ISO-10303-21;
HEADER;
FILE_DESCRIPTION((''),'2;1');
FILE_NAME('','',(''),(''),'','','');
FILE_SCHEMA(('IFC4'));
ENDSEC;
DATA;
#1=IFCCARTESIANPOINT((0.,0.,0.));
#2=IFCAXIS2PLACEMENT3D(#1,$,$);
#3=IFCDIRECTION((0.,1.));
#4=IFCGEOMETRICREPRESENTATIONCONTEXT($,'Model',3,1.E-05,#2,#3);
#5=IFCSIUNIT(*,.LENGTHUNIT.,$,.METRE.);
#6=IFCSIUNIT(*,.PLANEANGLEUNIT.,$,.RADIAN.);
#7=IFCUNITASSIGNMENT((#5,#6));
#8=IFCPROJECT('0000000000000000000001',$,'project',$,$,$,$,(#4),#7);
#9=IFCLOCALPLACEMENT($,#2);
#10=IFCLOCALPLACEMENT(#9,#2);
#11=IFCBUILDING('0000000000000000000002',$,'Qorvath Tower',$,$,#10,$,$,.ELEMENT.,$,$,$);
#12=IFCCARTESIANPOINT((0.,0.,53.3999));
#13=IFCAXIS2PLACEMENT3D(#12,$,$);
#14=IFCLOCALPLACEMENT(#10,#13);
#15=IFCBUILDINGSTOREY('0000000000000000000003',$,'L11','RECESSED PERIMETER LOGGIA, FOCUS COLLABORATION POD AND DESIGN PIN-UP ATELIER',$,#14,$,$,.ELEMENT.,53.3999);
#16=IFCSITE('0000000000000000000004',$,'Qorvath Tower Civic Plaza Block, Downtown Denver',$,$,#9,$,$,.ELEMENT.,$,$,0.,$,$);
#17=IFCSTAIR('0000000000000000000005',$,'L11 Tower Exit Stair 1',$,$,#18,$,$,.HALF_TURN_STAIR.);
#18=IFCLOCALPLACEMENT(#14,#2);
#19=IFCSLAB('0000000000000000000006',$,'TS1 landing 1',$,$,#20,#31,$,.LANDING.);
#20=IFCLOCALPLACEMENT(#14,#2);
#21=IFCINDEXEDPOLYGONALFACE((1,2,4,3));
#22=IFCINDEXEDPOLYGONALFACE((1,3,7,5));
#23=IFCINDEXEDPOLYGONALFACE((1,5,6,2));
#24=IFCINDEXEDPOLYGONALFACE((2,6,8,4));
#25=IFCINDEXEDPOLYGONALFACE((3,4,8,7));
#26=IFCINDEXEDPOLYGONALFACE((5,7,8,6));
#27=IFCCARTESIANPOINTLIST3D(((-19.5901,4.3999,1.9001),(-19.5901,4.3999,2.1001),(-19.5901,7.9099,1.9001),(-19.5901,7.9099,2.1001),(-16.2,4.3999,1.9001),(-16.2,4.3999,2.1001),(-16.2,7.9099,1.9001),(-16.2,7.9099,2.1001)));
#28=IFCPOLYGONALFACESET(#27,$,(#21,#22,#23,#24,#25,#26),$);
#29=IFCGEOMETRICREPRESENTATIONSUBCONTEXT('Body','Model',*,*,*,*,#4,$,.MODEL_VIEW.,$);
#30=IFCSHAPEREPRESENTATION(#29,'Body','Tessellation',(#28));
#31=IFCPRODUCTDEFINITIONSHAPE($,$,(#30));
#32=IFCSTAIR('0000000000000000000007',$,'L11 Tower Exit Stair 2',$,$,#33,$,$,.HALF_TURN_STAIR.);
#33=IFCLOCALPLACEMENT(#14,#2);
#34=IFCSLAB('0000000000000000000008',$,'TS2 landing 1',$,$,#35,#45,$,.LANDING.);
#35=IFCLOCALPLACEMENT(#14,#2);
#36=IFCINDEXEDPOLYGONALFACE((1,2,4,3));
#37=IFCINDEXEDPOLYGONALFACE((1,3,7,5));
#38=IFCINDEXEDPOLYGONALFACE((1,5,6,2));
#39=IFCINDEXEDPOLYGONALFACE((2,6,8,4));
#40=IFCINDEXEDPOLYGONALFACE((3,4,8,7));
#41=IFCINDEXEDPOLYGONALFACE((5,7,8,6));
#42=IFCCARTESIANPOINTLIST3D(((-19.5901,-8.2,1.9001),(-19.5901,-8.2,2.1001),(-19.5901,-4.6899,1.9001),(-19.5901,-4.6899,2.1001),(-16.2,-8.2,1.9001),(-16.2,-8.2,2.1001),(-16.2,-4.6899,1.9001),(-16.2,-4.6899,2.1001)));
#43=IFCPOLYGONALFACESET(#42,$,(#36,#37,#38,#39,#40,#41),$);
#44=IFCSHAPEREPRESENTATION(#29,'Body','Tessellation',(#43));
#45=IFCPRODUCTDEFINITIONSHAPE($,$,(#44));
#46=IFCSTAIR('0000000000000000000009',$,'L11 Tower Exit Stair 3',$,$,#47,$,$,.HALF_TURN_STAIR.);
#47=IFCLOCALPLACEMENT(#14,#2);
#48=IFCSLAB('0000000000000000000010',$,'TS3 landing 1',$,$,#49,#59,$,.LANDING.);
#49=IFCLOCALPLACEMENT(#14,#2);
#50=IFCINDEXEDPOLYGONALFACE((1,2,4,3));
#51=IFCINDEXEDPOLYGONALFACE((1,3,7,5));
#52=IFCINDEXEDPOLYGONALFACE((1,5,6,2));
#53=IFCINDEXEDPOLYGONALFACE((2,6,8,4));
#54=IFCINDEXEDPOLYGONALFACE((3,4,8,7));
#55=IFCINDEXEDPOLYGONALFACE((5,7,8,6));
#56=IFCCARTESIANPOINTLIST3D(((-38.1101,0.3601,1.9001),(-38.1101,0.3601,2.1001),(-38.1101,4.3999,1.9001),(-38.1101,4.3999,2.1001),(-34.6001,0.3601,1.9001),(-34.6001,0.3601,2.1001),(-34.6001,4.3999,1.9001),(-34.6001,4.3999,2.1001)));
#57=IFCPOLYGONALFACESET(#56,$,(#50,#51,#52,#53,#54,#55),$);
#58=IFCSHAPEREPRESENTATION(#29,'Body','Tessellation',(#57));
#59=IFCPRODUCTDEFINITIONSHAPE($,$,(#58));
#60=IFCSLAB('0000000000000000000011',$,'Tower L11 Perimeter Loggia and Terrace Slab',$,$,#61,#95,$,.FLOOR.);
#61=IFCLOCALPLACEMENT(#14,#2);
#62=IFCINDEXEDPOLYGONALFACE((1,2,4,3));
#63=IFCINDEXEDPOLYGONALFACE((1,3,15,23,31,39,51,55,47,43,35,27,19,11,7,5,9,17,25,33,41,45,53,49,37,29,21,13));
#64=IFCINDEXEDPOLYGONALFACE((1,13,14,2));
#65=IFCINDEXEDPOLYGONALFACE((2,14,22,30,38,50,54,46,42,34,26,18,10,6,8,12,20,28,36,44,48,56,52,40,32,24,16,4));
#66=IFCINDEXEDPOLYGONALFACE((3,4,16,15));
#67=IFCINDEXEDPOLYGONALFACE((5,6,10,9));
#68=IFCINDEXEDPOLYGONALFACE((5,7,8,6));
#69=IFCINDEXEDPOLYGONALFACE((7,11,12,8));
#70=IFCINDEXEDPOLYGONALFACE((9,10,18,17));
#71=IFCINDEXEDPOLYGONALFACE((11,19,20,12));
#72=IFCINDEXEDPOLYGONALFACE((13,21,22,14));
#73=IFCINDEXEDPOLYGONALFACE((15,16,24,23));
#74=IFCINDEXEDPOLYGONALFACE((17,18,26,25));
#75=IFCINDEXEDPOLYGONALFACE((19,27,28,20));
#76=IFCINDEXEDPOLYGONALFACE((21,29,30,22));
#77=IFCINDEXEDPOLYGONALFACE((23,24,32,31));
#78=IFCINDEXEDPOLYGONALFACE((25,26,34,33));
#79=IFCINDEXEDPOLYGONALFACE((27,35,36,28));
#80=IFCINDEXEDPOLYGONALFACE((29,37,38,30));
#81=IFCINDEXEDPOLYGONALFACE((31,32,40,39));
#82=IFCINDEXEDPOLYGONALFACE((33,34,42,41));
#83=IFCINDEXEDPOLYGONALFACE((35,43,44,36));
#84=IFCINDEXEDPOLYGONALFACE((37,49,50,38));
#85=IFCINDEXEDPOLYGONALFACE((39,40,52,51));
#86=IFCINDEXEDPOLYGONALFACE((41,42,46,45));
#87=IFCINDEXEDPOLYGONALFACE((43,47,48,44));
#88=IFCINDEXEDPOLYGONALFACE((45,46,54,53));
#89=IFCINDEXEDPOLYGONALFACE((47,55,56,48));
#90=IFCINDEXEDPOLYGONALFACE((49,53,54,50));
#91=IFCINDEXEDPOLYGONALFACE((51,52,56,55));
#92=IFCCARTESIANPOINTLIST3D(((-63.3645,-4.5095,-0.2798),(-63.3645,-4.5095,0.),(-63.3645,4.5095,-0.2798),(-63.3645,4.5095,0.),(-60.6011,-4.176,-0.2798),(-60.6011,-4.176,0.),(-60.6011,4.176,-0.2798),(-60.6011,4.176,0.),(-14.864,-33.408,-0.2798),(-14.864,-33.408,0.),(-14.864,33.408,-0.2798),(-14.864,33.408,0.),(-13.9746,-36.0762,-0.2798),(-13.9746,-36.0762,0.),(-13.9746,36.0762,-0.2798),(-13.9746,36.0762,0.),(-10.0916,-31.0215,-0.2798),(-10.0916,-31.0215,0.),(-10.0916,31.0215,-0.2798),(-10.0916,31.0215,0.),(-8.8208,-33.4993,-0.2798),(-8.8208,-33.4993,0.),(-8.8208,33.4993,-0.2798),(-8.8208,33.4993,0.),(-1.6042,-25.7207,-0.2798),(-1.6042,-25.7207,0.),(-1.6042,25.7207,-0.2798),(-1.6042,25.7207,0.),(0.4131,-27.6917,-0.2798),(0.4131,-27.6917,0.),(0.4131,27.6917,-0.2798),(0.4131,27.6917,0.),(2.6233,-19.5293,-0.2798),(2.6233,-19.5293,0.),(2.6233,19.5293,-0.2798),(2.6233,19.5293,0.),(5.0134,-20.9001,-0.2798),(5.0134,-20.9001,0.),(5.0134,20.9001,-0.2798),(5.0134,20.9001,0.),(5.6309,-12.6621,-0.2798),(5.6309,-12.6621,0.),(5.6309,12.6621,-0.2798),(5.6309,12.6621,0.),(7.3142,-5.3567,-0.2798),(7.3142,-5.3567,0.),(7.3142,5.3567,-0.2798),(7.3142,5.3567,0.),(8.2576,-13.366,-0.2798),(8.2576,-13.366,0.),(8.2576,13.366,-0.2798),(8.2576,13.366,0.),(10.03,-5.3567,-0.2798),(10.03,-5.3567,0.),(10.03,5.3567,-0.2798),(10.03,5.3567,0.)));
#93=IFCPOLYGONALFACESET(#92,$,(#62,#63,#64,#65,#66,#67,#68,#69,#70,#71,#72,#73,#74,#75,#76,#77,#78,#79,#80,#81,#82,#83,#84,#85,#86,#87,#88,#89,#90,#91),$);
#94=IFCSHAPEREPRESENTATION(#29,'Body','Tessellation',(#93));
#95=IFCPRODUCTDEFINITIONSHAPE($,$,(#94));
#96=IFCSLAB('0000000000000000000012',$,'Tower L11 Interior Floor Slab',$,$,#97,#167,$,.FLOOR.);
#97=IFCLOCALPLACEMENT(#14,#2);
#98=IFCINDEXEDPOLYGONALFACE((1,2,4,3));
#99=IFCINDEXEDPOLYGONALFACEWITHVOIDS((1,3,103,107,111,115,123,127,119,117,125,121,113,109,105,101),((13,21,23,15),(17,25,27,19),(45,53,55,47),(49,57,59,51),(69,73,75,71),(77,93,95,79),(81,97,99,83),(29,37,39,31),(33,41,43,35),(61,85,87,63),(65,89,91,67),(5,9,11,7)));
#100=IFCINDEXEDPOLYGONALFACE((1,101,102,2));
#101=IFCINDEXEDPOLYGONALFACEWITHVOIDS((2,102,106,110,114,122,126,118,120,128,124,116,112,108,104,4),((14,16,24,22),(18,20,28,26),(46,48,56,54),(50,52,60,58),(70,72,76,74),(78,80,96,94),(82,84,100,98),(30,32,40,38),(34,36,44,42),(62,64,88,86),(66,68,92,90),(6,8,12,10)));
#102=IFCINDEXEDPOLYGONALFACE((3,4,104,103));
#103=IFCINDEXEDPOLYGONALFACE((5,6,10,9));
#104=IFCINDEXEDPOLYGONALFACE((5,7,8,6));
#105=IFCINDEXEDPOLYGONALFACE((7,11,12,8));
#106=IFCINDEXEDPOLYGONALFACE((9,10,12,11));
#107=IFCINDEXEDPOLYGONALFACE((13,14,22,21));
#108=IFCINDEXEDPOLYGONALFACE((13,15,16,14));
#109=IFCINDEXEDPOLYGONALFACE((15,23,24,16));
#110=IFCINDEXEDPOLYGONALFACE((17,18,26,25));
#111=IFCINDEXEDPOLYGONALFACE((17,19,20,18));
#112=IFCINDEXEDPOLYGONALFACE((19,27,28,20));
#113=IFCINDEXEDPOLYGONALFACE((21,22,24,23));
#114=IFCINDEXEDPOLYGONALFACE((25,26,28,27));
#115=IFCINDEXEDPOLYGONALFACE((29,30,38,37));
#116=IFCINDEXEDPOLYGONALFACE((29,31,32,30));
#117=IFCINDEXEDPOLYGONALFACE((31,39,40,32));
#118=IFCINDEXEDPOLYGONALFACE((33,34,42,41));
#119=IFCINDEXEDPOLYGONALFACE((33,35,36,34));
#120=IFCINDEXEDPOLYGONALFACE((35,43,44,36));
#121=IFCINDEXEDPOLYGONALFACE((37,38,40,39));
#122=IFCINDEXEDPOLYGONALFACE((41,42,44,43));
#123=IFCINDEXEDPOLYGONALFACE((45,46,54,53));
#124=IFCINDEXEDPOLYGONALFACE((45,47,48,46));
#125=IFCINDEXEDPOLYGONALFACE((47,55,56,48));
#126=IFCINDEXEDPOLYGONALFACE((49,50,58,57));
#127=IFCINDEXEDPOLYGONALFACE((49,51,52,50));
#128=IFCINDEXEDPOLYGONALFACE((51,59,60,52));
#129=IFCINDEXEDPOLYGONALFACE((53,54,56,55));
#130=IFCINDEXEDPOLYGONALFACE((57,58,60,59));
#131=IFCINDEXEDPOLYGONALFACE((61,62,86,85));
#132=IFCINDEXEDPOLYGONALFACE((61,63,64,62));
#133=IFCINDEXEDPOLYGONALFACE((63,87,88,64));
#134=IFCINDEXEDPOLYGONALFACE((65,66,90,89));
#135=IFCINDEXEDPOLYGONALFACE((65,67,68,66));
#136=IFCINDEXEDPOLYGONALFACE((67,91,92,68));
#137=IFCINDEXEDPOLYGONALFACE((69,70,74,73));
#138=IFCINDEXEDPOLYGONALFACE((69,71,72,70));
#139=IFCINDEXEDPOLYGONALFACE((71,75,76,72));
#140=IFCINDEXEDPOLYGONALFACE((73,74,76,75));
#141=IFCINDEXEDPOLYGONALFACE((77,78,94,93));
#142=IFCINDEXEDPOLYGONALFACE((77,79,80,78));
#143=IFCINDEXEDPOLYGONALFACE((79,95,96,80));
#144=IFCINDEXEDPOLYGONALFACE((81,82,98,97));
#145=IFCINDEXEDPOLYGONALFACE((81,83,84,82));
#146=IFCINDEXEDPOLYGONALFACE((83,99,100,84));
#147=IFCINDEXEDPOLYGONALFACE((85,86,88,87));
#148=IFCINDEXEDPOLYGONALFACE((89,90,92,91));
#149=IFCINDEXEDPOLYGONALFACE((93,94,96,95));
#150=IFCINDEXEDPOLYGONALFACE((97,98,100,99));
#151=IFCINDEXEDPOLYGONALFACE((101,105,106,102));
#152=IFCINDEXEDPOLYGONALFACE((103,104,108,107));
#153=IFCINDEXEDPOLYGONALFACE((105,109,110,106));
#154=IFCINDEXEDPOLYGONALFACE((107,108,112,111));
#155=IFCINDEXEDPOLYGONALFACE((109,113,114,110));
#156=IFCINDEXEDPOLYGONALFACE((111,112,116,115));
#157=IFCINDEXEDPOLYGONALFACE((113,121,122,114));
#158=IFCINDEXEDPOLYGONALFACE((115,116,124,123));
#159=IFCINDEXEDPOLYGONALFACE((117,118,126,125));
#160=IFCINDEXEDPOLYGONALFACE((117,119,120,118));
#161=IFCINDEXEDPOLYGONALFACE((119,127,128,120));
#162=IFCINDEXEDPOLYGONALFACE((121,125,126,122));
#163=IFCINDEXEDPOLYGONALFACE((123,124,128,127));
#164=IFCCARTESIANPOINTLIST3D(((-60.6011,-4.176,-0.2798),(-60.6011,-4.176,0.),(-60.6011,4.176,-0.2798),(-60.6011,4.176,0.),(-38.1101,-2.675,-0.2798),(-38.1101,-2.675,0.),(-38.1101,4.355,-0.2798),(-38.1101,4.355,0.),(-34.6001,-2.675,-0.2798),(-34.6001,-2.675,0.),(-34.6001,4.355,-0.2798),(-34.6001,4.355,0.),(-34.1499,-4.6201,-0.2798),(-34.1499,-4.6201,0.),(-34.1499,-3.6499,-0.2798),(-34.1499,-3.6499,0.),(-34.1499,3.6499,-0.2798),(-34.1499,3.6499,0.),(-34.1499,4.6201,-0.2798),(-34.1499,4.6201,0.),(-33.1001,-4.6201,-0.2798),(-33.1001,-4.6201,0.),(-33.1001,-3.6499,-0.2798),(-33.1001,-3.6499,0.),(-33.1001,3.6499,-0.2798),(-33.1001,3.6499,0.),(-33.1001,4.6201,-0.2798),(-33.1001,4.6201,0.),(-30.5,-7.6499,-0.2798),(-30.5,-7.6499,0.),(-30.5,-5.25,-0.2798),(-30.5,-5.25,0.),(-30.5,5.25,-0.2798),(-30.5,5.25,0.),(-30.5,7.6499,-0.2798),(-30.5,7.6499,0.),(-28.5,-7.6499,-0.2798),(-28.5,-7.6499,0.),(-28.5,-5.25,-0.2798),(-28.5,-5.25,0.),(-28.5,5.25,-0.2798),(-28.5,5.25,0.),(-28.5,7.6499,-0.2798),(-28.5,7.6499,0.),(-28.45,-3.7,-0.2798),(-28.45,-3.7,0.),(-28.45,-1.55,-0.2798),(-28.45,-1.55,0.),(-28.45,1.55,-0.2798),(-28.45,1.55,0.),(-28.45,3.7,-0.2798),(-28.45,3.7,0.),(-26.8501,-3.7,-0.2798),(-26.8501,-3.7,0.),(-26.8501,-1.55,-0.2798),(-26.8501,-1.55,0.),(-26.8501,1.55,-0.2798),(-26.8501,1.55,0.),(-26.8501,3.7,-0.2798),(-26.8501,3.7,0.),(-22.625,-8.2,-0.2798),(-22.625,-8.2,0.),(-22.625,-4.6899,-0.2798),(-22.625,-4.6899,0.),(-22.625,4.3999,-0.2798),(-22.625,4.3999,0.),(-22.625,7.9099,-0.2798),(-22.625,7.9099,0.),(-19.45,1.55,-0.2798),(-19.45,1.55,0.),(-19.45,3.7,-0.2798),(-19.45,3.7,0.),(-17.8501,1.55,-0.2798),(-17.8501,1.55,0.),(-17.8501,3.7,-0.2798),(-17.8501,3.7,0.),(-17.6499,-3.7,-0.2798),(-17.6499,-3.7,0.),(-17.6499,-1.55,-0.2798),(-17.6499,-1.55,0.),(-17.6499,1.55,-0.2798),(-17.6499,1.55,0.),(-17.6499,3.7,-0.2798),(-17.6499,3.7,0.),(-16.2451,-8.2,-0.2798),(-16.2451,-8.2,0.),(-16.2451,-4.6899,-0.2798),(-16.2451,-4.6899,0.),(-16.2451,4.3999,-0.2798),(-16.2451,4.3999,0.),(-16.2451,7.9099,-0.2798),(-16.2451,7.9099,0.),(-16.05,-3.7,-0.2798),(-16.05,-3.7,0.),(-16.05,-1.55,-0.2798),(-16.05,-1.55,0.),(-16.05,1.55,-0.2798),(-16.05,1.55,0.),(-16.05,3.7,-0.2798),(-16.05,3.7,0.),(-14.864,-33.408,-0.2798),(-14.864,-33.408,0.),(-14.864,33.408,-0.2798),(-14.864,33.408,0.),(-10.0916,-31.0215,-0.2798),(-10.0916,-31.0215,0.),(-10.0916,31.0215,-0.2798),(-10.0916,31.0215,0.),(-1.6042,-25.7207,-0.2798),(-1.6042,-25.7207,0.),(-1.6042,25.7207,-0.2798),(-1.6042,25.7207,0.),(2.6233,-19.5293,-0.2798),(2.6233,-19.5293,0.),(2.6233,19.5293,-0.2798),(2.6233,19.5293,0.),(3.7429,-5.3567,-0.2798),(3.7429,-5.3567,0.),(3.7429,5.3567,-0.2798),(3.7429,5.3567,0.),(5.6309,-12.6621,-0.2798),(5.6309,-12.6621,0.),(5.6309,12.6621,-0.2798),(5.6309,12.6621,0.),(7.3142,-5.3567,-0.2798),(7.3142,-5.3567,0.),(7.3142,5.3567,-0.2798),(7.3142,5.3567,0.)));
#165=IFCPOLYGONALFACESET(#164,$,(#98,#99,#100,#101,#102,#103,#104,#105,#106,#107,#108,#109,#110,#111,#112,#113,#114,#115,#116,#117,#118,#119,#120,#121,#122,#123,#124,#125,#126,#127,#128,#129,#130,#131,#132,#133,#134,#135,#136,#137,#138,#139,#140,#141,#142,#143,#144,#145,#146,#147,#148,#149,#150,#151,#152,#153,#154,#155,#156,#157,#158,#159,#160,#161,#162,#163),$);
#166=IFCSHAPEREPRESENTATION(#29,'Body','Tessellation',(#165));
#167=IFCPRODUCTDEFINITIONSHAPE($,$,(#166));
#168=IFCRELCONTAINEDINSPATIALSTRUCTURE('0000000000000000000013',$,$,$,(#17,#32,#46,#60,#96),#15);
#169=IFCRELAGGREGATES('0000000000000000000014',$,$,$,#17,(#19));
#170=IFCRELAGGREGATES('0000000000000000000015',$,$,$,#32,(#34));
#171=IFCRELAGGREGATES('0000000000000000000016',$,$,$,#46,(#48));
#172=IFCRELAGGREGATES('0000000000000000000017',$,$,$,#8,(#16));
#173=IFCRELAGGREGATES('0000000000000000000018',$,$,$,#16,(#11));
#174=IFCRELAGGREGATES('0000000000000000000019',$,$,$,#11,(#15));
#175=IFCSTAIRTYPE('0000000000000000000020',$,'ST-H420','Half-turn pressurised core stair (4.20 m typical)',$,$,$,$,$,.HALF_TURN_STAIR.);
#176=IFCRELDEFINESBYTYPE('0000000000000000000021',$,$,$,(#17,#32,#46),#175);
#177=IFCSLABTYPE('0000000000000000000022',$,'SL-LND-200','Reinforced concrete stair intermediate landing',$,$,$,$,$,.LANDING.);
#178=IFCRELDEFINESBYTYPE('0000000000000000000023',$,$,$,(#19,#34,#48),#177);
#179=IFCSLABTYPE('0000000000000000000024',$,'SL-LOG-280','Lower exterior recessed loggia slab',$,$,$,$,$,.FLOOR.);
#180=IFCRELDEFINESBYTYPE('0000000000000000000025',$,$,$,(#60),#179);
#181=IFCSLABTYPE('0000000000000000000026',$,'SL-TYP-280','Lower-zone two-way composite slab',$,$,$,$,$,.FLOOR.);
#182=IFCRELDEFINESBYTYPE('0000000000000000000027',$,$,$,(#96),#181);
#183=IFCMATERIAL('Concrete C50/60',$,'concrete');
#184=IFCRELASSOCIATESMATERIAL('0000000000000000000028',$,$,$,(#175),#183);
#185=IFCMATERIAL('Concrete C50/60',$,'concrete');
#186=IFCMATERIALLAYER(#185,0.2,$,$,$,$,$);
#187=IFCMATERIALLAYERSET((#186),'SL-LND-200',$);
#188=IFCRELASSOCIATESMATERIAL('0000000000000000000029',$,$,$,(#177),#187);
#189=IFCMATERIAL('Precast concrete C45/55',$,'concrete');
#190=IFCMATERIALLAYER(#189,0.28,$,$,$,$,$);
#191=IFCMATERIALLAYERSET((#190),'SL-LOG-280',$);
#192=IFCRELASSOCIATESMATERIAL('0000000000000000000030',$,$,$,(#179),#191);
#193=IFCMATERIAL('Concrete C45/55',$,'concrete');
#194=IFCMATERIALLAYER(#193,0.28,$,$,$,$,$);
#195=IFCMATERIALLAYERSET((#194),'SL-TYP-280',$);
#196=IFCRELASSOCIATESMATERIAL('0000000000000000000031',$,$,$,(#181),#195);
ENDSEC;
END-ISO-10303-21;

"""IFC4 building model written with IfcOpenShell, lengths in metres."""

from ifc_helpers import new_model, si_unit, direction, frame, origin, place, context, subcontext, project, spatial, polyline, outline, extrude, material, layer, layer_set, type_object, element, aggregate, save


model = new_model("IFC4")

# Units and contexts
model_context = context("Model", 3, precision=1e-05, world=origin(), true_north=direction((0.0, 1.0)))
body_context = subcontext(model_context, "Body", "Model", "MODEL_VIEW")
ifc_project = project(units=[si_unit("LENGTHUNIT", "METRE"), si_unit("PLANEANGLEUNIT", "RADIAN")], contexts=[model_context])

# Site, building, storey
site_placement = place(None, origin())
site = spatial("IfcSite", under=ifc_project, at=site_placement, Name="Qorvath Tower Civic Plaza Block, Downtown Denver", CompositionType="ELEMENT", RefElevation=0.0)
building_placement = place(site_placement, origin())
building = spatial("IfcBuilding", under=site, at=building_placement, Name="Qorvath Tower", CompositionType="ELEMENT")
storey_placement = place(building_placement, frame((0.0, 0.0, 53.3999)))
storey = spatial("IfcBuildingStorey", under=building, at=storey_placement, Name="L11", Description="RECESSED PERIMETER LOGGIA, FOCUS COLLABORATION POD AND DESIGN PIN-UP ATELIER", CompositionType="ELEMENT", Elevation=53.3999)

# Stairs, slabs
ifc_material_1 = material(Name="Concrete C50/60", Category="concrete")
stair_type = type_object("IfcStairType", Name="ST-H420", Description="Half-turn pressurised core stair (4.20 m typical)", PredefinedType="HALF_TURN_STAIR", material=ifc_material_1)
stair_1_placement = place(storey_placement, origin())
stair_1 = element("IfcStair", 1, at=stair_1_placement, inside=storey, type_object=stair_type, Name="L11 Tower Exit Stair 1", PredefinedType="HALF_TURN_STAIR")
ifc_material_2 = material(Name="Concrete C50/60", Category="concrete")
ifc_layer_1 = layer(ifc_material_2, 0.2)
ifc_layer_set_1 = layer_set([ifc_layer_1], Name="SL-LND-200")
slab_type_1 = type_object("IfcSlabType", Name="SL-LND-200", Description="Reinforced concrete stair intermediate landing", PredefinedType="LANDING", material=ifc_layer_set_1)
slab_1_placement = place(storey_placement, frame((0.0, 0.0, 1.9001)))
slab_1 = element("IfcSlab", 2, at=slab_1_placement, type_object=slab_type_1, Name="TS1 landing 1", PredefinedType="LANDING", context=body_context, shape_type="SweptSolid", body=[
    extrude(outline(polyline([(-19.5901, 4.3999), (-16.2, 4.3999), (-16.2, 7.9099), (-19.5901, 7.9099), (-19.5901, 4.3999)])), origin(), (0.0, 0.0, 1.0), 0.2),
])
aggregate(stair_1, [slab_1])
stair_2_placement = place(storey_placement, origin())
stair_2 = element("IfcStair", 3, at=stair_2_placement, inside=storey, type_object=stair_type, Name="L11 Tower Exit Stair 2", PredefinedType="HALF_TURN_STAIR")
slab_2_placement = place(storey_placement, frame((0.0, 0.0, 1.9001)))
slab_2 = element("IfcSlab", 4, at=slab_2_placement, type_object=slab_type_1, Name="TS2 landing 1", PredefinedType="LANDING", context=body_context, shape_type="SweptSolid", body=[
    extrude(outline(polyline([(-19.5901, -8.2), (-16.2, -8.2), (-16.2, -4.6899), (-19.5901, -4.6899), (-19.5901, -8.2)])), origin(), (0.0, 0.0, 1.0), 0.2),
])
aggregate(stair_2, [slab_2])
stair_3_placement = place(storey_placement, origin())
stair_3 = element("IfcStair", 5, at=stair_3_placement, inside=storey, type_object=stair_type, Name="L11 Tower Exit Stair 3", PredefinedType="HALF_TURN_STAIR")
slab_3_placement = place(storey_placement, frame((0.0, 0.0, 1.9001)))
slab_3 = element("IfcSlab", 6, at=slab_3_placement, type_object=slab_type_1, Name="TS3 landing 1", PredefinedType="LANDING", context=body_context, shape_type="SweptSolid", body=[
    extrude(outline(polyline([(-34.6001, 0.3601), (-34.6001, 4.3999), (-38.1101, 4.3999), (-38.1101, 0.3601), (-34.6001, 0.3601)])), origin(), (0.0, 0.0, 1.0), 0.2),
])
aggregate(stair_3, [slab_3])

# Slabs
ifc_material_3 = material(Name="Precast concrete C45/55", Category="concrete")
ifc_layer_2 = layer(ifc_material_3, 0.28)
ifc_layer_set_2 = layer_set([ifc_layer_2], Name="SL-LOG-280")
slab_type_2 = type_object("IfcSlabType", Name="SL-LOG-280", Description="Lower exterior recessed loggia slab", PredefinedType="FLOOR", material=ifc_layer_set_2)
slab_4_placement = place(storey_placement, frame((0.0, 0.0, -0.2798)))
element("IfcSlab", 7, at=slab_4_placement, inside=storey, type_object=slab_type_2, Name="Tower L11 Perimeter Loggia and Terrace Slab", PredefinedType="FLOOR", context=body_context, shape_type="SweptSolid", body=[
    extrude(outline(polyline([(7.3142, -5.3567), (5.6309, -12.6621), (2.6233, -19.5293), (-1.6042, -25.7207), (-10.0916, -31.0215), (-14.864, -33.408), (-60.6011, -4.176), (-60.6011, 4.176), (-14.864, 33.408), (-10.0916, 31.0215), (-1.6042, 25.7207), (2.6233, 19.5293), (5.6309, 12.6621), (7.3142, 5.3567), (10.03, 5.3567), (8.2576, 13.366), (5.0134, 20.9001), (0.4131, 27.6917), (-8.8208, 33.4993), (-13.9746, 36.0762), (-63.3645, 4.5095), (-63.3645, -4.5095), (-13.9746, -36.0762), (-8.8208, -33.4993), (0.4131, -27.6917), (5.0134, -20.9001), (8.2576, -13.366), (10.03, -5.3567), (7.3142, -5.3567)])), origin(), (0.0, 0.0, 1.0), 0.2798),
])
ifc_material_4 = material(Name="Concrete C45/55", Category="concrete")
ifc_layer_3 = layer(ifc_material_4, 0.28)
ifc_layer_set_3 = layer_set([ifc_layer_3], Name="SL-TYP-280")
slab_type_3 = type_object("IfcSlabType", Name="SL-TYP-280", Description="Lower-zone two-way composite slab", PredefinedType="FLOOR", material=ifc_layer_set_3)
slab_5_placement = place(storey_placement, frame((0.0, 0.0, -0.2798)))
element("IfcSlab", 8, at=slab_5_placement, inside=storey, type_object=slab_type_3, Name="Tower L11 Interior Floor Slab", PredefinedType="FLOOR", context=body_context, shape_type="SweptSolid", body=[
    extrude(outline(polyline([(-60.6011, 4.176), (-60.6011, -4.176), (-14.864, -33.408), (-10.0916, -31.0215), (-1.6042, -25.7207), (2.6233, -19.5293), (5.6309, -12.6621), (7.3142, -5.3567), (3.7429, -5.3567), (3.7429, 5.3567), (7.3142, 5.3567), (5.6309, 12.6621), (2.6233, 19.5293), (-1.6042, 25.7207), (-10.0916, 31.0215), (-14.864, 33.408), (-60.6011, 4.176)]), holes=[polyline([(-17.6499, -3.7), (-17.6499, -1.55), (-16.05, -1.55), (-16.05, -3.7), (-17.6499, -3.7)]), polyline([(-17.6499, 1.55), (-17.6499, 3.7), (-16.05, 3.7), (-16.05, 1.55), (-17.6499, 1.55)]), polyline([(-16.2451, -8.2), (-22.625, -8.2), (-22.625, -4.6899), (-16.2451, -4.6899), (-16.2451, -8.2)]), polyline([(-22.625, 4.3999), (-22.625, 7.9099), (-16.2451, 7.9099), (-16.2451, 4.3999), (-22.625, 4.3999)]), polyline([(-17.8501, 1.55), (-19.45, 1.55), (-19.45, 3.7), (-17.8501, 3.7), (-17.8501, 1.55)]), polyline([(-28.45, -3.7), (-28.45, -1.55), (-26.8501, -1.55), (-26.8501, -3.7), (-28.45, -3.7)]), polyline([(-26.8501, 1.55), (-28.45, 1.55), (-28.45, 3.7), (-26.8501, 3.7), (-26.8501, 1.55)]), polyline([(-28.5, -7.6499), (-30.5, -7.6499), (-30.5, -5.25), (-28.5, -5.25), (-28.5, -7.6499)]), polyline([(-30.5, 5.25), (-30.5, 7.6499), (-28.5, 7.6499), (-28.5, 5.25), (-30.5, 5.25)]), polyline([(-34.1499, -4.6201), (-34.1499, -3.6499), (-33.1001, -3.6499), (-33.1001, -4.6201), (-34.1499, -4.6201)]), polyline([(-34.1499, 3.6499), (-34.1499, 4.6201), (-33.1001, 4.6201), (-33.1001, 3.6499), (-34.1499, 3.6499)]), polyline([(-34.6001, -2.675), (-38.1101, -2.675), (-38.1101, 4.355), (-34.6001, 4.355), (-34.6001, -2.675)])]), origin(), (0.0, 0.0, 1.0), 0.2798),
])

save(model, "model.ifc")
